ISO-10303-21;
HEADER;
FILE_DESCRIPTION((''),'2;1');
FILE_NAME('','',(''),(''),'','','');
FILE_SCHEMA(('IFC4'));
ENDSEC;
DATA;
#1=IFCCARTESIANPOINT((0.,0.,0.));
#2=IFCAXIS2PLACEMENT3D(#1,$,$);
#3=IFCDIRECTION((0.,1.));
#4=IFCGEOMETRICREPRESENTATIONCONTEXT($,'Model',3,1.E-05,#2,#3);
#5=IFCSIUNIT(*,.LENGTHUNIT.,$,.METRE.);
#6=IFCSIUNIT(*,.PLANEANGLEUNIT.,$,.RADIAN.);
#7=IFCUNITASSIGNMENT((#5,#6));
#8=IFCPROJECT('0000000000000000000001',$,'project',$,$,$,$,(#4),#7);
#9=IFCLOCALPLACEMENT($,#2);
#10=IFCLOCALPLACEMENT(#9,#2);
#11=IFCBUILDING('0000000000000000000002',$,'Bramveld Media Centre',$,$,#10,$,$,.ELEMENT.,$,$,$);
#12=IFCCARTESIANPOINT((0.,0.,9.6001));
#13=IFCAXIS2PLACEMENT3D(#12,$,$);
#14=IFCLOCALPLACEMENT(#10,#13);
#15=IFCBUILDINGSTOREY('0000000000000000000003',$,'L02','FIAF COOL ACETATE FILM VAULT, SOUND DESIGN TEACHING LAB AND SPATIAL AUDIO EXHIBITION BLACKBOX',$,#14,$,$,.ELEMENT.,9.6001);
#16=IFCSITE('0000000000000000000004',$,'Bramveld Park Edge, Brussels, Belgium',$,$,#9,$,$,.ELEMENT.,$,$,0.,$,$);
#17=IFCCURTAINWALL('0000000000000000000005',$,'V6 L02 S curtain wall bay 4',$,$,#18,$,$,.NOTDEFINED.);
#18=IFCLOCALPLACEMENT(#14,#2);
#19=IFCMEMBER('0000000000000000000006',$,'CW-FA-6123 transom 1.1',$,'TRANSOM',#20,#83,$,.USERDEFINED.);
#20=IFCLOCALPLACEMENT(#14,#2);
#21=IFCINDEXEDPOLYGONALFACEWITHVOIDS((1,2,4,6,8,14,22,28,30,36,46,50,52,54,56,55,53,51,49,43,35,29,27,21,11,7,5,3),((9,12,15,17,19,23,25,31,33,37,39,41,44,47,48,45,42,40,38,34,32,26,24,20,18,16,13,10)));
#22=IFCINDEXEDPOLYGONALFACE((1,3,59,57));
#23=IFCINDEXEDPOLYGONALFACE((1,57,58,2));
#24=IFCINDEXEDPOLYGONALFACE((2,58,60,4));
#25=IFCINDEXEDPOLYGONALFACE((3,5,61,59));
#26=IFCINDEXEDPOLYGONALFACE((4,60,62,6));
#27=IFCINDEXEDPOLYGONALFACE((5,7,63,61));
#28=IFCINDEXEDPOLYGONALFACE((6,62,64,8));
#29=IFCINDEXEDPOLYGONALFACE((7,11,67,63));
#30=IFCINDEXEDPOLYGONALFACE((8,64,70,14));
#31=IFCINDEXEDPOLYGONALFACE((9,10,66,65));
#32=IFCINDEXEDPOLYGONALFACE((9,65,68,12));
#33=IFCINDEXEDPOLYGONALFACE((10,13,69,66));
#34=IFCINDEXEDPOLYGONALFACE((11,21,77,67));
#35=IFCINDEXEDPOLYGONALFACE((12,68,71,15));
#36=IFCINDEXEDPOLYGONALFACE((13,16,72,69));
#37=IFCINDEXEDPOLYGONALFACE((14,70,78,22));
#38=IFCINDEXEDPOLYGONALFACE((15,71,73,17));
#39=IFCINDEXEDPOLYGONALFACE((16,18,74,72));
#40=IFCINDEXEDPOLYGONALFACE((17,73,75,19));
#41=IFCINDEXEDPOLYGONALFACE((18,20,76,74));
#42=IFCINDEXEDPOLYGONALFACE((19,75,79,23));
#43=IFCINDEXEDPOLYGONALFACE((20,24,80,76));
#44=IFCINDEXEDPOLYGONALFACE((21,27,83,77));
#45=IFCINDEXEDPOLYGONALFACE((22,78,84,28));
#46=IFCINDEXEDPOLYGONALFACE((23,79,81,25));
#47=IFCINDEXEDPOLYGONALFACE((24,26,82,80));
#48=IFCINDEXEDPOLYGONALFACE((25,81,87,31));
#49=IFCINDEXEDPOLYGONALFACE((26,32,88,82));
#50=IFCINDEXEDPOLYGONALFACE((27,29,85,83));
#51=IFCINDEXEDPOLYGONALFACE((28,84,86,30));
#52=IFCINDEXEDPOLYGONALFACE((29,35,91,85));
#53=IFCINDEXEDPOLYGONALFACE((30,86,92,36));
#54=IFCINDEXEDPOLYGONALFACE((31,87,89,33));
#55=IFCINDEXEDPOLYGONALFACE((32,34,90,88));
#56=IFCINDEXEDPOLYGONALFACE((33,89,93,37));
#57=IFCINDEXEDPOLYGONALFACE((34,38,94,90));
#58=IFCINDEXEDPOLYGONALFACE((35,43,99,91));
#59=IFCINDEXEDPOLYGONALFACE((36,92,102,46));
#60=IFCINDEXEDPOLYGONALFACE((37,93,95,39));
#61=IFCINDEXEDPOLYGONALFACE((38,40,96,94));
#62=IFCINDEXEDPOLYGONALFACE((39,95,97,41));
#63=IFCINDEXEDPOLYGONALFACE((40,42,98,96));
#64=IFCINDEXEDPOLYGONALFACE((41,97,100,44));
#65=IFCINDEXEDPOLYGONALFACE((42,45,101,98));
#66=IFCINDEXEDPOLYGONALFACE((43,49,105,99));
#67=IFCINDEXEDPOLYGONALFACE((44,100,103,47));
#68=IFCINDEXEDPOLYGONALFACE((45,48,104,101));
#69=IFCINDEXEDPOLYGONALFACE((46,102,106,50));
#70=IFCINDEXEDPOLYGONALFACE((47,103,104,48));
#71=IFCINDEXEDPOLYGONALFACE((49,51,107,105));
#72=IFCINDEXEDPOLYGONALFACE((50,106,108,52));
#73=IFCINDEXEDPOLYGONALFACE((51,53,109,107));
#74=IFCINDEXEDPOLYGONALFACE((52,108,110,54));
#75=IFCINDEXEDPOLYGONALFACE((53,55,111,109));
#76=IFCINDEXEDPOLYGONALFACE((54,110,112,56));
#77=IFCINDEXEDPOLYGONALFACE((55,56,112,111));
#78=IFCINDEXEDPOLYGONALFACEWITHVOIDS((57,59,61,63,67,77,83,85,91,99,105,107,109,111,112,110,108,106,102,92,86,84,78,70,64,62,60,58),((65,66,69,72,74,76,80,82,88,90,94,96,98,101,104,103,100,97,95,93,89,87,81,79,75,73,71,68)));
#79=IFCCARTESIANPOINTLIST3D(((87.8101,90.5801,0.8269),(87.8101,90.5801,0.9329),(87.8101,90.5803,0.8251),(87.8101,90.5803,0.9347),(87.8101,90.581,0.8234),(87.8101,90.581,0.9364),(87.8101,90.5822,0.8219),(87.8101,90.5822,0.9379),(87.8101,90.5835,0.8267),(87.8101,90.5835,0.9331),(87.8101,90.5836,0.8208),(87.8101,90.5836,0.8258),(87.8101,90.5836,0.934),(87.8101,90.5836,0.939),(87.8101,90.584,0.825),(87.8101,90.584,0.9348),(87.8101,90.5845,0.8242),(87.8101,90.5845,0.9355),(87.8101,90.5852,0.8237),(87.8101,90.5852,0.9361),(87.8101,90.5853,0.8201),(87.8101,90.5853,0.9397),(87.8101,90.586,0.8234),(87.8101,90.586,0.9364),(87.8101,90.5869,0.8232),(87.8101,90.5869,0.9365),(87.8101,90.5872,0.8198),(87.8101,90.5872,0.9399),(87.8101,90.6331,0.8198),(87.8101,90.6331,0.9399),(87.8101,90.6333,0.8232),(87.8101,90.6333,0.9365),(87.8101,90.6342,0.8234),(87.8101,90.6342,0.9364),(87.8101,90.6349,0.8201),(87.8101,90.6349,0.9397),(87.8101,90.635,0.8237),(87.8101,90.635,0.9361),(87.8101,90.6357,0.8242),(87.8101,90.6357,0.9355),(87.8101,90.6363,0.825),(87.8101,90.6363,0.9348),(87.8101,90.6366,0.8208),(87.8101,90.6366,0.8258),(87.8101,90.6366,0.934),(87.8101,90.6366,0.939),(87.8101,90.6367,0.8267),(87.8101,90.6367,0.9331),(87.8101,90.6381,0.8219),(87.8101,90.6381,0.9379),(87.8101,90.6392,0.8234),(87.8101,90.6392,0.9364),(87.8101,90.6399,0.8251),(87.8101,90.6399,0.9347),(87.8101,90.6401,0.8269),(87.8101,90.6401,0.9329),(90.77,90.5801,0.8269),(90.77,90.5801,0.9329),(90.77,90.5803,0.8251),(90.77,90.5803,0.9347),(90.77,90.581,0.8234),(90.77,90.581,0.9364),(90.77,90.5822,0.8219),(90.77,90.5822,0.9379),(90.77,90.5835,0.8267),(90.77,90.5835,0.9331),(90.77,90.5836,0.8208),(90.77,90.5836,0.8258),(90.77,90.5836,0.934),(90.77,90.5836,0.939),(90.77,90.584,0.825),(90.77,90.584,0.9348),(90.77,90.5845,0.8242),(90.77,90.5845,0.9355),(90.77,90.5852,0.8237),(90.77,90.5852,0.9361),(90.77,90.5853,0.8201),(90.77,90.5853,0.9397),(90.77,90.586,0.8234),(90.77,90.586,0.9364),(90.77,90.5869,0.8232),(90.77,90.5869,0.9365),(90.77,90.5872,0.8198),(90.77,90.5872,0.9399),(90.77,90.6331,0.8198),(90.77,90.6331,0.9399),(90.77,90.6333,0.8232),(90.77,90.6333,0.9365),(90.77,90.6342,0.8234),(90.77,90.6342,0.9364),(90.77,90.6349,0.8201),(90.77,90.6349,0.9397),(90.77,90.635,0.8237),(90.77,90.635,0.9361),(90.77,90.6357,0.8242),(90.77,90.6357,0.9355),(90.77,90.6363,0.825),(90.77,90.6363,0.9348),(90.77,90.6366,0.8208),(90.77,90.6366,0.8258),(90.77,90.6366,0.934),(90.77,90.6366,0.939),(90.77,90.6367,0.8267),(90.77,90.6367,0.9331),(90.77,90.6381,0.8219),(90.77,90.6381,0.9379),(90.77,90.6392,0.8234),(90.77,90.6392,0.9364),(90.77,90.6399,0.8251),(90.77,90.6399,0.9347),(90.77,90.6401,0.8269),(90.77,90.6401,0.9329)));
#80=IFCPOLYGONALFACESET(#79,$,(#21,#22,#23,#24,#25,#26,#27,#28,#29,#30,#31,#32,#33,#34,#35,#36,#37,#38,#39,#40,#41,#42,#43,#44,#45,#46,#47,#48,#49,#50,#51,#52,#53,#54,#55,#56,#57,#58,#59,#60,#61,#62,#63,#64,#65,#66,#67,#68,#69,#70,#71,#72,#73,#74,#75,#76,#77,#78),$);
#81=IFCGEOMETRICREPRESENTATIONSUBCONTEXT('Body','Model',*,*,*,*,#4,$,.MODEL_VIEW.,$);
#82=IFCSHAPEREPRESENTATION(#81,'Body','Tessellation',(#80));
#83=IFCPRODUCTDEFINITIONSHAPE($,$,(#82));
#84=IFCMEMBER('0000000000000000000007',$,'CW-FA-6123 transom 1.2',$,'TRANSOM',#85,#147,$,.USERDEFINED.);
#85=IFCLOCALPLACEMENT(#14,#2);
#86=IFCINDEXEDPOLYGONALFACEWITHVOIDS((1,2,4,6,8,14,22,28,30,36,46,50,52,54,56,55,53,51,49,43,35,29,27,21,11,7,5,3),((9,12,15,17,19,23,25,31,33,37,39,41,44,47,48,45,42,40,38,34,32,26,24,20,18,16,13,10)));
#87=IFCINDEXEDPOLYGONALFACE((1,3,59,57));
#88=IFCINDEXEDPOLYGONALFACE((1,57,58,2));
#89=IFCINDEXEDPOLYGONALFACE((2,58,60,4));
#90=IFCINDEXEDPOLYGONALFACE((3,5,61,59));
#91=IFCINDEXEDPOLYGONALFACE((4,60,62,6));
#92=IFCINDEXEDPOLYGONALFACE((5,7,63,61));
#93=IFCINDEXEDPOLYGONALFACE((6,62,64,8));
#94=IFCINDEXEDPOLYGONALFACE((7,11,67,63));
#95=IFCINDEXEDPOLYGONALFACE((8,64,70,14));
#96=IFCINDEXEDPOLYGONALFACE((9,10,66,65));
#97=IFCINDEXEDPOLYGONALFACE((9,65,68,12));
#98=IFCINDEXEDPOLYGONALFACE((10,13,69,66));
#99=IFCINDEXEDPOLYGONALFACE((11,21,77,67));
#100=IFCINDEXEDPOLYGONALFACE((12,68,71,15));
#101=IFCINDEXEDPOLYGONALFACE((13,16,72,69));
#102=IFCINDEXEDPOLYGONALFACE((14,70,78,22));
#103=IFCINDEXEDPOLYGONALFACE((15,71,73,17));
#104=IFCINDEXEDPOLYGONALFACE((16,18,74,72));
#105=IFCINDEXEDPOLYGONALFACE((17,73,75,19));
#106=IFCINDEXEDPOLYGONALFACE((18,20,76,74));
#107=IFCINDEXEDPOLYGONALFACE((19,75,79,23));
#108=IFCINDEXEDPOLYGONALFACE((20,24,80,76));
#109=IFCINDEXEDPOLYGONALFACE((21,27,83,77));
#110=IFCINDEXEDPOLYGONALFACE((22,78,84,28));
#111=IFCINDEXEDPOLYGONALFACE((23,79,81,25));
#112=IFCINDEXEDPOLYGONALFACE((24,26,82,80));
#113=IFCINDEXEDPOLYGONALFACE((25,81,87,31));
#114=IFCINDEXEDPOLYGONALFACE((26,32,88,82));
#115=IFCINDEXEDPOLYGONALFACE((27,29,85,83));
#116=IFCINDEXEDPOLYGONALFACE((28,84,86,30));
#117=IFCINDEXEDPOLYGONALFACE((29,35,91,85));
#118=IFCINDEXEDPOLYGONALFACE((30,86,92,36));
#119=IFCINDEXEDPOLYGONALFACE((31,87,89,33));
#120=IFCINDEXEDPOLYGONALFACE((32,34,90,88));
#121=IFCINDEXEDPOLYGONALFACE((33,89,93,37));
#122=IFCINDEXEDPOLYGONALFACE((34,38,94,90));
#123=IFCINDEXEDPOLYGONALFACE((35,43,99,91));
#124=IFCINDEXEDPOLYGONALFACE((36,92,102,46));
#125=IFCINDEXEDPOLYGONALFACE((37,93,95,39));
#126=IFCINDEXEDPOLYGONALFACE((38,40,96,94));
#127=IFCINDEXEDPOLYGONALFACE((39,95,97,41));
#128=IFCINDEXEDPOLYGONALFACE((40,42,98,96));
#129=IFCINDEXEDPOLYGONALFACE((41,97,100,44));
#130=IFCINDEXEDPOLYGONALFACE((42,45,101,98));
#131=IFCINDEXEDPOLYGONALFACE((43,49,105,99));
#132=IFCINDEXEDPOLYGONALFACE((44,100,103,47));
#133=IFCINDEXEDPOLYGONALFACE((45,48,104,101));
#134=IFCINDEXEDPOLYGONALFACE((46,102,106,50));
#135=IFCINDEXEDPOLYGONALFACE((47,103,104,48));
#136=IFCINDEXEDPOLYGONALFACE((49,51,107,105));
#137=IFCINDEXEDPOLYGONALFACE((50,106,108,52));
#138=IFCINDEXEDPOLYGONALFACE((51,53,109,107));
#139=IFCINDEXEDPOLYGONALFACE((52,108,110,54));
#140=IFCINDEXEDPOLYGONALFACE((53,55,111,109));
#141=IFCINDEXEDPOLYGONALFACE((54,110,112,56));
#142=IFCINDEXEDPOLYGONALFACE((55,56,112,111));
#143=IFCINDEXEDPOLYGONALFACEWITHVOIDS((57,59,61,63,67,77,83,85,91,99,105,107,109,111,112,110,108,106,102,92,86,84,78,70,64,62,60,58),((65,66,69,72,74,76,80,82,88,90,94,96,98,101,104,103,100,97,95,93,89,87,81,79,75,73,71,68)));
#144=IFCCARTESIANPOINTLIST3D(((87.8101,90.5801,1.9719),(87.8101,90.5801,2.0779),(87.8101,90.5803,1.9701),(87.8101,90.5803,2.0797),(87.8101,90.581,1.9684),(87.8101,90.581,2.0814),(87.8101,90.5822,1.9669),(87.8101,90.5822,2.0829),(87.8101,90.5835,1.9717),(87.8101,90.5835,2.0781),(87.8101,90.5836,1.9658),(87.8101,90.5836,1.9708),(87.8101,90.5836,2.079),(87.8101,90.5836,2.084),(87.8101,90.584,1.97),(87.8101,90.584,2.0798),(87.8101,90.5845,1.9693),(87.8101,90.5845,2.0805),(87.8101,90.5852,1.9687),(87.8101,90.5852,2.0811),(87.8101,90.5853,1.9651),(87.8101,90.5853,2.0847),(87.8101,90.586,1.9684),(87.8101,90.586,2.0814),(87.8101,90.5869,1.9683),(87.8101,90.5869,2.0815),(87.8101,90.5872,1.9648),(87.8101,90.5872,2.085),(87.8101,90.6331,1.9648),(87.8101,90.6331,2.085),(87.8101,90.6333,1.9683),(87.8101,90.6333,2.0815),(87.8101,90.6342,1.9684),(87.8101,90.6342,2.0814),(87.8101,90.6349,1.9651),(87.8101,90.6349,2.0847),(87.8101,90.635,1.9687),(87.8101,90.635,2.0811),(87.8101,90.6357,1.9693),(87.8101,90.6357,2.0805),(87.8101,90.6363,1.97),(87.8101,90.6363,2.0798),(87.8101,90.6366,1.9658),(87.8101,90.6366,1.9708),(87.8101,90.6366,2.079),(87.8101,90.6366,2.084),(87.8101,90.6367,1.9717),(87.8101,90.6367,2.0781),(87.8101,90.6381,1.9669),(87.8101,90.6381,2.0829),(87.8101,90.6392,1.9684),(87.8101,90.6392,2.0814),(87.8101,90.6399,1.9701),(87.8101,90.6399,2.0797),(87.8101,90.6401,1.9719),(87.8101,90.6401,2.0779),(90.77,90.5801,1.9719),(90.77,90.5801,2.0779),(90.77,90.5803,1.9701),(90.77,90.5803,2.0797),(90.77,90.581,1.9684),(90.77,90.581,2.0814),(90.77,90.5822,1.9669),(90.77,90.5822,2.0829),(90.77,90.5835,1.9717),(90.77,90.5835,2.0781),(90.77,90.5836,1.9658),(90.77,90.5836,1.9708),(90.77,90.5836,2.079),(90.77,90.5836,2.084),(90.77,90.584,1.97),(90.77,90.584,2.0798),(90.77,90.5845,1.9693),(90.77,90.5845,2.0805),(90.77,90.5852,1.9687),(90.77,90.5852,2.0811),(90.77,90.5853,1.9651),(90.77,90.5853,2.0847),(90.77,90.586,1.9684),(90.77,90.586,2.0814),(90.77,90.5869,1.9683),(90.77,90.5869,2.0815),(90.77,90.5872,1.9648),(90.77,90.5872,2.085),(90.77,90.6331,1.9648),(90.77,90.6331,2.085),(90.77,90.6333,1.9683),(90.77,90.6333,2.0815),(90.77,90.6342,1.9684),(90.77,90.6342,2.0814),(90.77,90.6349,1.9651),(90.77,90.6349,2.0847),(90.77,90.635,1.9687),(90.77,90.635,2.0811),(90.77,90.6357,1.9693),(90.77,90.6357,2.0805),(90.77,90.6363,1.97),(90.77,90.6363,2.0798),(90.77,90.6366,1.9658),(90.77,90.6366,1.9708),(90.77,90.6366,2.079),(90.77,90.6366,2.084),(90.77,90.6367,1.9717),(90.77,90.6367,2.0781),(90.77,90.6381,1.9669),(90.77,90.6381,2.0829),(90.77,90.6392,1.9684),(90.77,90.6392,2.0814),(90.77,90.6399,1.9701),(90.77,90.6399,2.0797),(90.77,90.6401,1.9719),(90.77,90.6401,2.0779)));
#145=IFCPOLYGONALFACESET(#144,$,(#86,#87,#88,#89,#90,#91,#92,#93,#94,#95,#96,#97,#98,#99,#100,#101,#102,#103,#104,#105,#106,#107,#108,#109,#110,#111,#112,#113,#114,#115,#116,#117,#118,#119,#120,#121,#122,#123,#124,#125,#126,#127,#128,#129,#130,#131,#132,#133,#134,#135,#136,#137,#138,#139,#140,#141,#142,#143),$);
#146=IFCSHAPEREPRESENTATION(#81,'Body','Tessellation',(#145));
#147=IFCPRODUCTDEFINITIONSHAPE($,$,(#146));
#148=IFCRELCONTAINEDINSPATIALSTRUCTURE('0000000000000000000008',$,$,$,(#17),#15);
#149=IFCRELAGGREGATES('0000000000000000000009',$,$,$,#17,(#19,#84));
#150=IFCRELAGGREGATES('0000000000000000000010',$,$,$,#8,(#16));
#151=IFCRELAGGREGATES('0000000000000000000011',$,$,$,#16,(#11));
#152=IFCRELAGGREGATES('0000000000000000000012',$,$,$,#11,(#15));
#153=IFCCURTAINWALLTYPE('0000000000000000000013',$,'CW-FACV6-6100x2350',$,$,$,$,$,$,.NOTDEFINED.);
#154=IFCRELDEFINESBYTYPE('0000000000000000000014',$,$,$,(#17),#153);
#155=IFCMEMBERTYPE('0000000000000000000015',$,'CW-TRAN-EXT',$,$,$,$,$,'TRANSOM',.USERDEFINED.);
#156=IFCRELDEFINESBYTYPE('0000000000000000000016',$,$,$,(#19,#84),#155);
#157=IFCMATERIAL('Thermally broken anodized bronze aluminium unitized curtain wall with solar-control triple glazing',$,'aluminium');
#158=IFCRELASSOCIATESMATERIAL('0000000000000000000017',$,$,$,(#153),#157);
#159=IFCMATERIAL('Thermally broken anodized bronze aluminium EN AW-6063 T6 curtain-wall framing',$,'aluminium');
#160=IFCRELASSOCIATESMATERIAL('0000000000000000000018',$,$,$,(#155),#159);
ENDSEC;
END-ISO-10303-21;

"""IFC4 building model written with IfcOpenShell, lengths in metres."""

from ifc_helpers import new_model, si_unit, direction, frame, origin, origin_2d, place, context, subcontext, project, spatial, hollow_rectangle, extrude, material, material_profile, profile_set, type_object, element, aggregate, save


model = new_model("IFC4")

# Units and contexts
model_context = context("Model", 3, precision=1e-05, world=origin(), true_north=direction((0.0, 1.0)))
body_context = subcontext(model_context, "Body", "Model", "MODEL_VIEW")
ifc_project = project(units=[si_unit("LENGTHUNIT", "METRE"), si_unit("PLANEANGLEUNIT", "RADIAN")], contexts=[model_context])

# Site, building, storey
site_placement = place(None, origin())
site = spatial("IfcSite", under=ifc_project, at=site_placement, Name="Bramveld Park Edge, Brussels, Belgium", CompositionType="ELEMENT", RefElevation=0.0)
building_placement = place(site_placement, origin())
building = spatial("IfcBuilding", under=site, at=building_placement, Name="Bramveld Media Centre", CompositionType="ELEMENT")
storey_placement = place(building_placement, frame((0.0, 0.0, 9.6001)))
storey = spatial("IfcBuildingStorey", under=building, at=storey_placement, Name="L02", Description="FIAF COOL ACETATE FILM VAULT, SOUND DESIGN TEACHING LAB AND SPATIAL AUDIO EXHIBITION BLACKBOX", CompositionType="ELEMENT", Elevation=9.6001)

# Shared definitions
ifc_material_1 = material(Name="Thermally broken anodized bronze aluminium unitized curtain wall with solar-control triple glazing", Category="aluminium")
curtain_wall_type = type_object("IfcCurtainWallType", Name="CW-FACV6-6100x2350", PredefinedType="NOTDEFINED", material=ifc_material_1)

# Curtain wall
curtain_wall_1_placement = place(storey_placement, origin())
curtain_wall_1 = element("IfcCurtainWall", 1, at=curtain_wall_1_placement, inside=storey, type_object=curtain_wall_type, Name="V6 L02 S curtain wall bay 4", PredefinedType="NOTDEFINED")

# Members
ifc_material_2 = material(Name="Thermally broken anodized bronze aluminium EN AW-6063 T6 curtain-wall framing", Category="aluminium")
ifc_material_profile_1 = material_profile(ifc_material_2, hollow_rectangle(XDim=0.0601, YDim=0.1201, WallThickness=0.0034, InnerFilletRadius=0.0034, OuterFilletRadius=0.0071, at=origin_2d()), Name="AL-TRAN 60x120")
ifc_profile_set_1 = profile_set([ifc_material_profile_1], Name="Thermally broken anodized bronze aluminium EN AW-6063 T6 curtain-wall framing")
member_type_1 = type_object("IfcMemberType", Name="CW-TRAN-EXT", ElementType="TRANSOM", PredefinedType="USERDEFINED", material=ifc_profile_set_1)
member_1_placement = place(storey_placement, frame((87.8101, 90.6101, 0.8799), z_axis=(1.0, 0.0, 0.0), x_axis=(0.0, 1.0, 0.0)))
member_1 = element("IfcMember", 2, at=member_1_placement, type_object=member_type_1, Name="CW-FA-6123 transom 1.1", ObjectType="TRANSOM", PredefinedType="USERDEFINED", context=body_context, shape_type="SweptSolid", body=[
    extrude(hollow_rectangle(XDim=0.0601, YDim=0.1201, WallThickness=0.0034, InnerFilletRadius=0.0034, OuterFilletRadius=0.0071, at=origin_2d()), origin(), (0.0, 0.0, 1.0), 2.96),
])
member_2_placement = place(storey_placement, frame((87.8101, 90.6101, 2.0249), z_axis=(1.0, 0.0, 0.0), x_axis=(0.0, 1.0, 0.0)))
member_2 = element("IfcMember", 3, at=member_2_placement, type_object=member_type_1, Name="CW-FA-6123 transom 1.2", ObjectType="TRANSOM", PredefinedType="USERDEFINED", context=body_context, shape_type="SweptSolid", body=[
    extrude(hollow_rectangle(XDim=0.0601, YDim=0.1201, WallThickness=0.0034, InnerFilletRadius=0.0034, OuterFilletRadius=0.0071, at=origin_2d()), origin(), (0.0, 0.0, 1.0), 2.96),
])
aggregate(curtain_wall_1, [member_1, member_2])

save(model, "model.ifc")
